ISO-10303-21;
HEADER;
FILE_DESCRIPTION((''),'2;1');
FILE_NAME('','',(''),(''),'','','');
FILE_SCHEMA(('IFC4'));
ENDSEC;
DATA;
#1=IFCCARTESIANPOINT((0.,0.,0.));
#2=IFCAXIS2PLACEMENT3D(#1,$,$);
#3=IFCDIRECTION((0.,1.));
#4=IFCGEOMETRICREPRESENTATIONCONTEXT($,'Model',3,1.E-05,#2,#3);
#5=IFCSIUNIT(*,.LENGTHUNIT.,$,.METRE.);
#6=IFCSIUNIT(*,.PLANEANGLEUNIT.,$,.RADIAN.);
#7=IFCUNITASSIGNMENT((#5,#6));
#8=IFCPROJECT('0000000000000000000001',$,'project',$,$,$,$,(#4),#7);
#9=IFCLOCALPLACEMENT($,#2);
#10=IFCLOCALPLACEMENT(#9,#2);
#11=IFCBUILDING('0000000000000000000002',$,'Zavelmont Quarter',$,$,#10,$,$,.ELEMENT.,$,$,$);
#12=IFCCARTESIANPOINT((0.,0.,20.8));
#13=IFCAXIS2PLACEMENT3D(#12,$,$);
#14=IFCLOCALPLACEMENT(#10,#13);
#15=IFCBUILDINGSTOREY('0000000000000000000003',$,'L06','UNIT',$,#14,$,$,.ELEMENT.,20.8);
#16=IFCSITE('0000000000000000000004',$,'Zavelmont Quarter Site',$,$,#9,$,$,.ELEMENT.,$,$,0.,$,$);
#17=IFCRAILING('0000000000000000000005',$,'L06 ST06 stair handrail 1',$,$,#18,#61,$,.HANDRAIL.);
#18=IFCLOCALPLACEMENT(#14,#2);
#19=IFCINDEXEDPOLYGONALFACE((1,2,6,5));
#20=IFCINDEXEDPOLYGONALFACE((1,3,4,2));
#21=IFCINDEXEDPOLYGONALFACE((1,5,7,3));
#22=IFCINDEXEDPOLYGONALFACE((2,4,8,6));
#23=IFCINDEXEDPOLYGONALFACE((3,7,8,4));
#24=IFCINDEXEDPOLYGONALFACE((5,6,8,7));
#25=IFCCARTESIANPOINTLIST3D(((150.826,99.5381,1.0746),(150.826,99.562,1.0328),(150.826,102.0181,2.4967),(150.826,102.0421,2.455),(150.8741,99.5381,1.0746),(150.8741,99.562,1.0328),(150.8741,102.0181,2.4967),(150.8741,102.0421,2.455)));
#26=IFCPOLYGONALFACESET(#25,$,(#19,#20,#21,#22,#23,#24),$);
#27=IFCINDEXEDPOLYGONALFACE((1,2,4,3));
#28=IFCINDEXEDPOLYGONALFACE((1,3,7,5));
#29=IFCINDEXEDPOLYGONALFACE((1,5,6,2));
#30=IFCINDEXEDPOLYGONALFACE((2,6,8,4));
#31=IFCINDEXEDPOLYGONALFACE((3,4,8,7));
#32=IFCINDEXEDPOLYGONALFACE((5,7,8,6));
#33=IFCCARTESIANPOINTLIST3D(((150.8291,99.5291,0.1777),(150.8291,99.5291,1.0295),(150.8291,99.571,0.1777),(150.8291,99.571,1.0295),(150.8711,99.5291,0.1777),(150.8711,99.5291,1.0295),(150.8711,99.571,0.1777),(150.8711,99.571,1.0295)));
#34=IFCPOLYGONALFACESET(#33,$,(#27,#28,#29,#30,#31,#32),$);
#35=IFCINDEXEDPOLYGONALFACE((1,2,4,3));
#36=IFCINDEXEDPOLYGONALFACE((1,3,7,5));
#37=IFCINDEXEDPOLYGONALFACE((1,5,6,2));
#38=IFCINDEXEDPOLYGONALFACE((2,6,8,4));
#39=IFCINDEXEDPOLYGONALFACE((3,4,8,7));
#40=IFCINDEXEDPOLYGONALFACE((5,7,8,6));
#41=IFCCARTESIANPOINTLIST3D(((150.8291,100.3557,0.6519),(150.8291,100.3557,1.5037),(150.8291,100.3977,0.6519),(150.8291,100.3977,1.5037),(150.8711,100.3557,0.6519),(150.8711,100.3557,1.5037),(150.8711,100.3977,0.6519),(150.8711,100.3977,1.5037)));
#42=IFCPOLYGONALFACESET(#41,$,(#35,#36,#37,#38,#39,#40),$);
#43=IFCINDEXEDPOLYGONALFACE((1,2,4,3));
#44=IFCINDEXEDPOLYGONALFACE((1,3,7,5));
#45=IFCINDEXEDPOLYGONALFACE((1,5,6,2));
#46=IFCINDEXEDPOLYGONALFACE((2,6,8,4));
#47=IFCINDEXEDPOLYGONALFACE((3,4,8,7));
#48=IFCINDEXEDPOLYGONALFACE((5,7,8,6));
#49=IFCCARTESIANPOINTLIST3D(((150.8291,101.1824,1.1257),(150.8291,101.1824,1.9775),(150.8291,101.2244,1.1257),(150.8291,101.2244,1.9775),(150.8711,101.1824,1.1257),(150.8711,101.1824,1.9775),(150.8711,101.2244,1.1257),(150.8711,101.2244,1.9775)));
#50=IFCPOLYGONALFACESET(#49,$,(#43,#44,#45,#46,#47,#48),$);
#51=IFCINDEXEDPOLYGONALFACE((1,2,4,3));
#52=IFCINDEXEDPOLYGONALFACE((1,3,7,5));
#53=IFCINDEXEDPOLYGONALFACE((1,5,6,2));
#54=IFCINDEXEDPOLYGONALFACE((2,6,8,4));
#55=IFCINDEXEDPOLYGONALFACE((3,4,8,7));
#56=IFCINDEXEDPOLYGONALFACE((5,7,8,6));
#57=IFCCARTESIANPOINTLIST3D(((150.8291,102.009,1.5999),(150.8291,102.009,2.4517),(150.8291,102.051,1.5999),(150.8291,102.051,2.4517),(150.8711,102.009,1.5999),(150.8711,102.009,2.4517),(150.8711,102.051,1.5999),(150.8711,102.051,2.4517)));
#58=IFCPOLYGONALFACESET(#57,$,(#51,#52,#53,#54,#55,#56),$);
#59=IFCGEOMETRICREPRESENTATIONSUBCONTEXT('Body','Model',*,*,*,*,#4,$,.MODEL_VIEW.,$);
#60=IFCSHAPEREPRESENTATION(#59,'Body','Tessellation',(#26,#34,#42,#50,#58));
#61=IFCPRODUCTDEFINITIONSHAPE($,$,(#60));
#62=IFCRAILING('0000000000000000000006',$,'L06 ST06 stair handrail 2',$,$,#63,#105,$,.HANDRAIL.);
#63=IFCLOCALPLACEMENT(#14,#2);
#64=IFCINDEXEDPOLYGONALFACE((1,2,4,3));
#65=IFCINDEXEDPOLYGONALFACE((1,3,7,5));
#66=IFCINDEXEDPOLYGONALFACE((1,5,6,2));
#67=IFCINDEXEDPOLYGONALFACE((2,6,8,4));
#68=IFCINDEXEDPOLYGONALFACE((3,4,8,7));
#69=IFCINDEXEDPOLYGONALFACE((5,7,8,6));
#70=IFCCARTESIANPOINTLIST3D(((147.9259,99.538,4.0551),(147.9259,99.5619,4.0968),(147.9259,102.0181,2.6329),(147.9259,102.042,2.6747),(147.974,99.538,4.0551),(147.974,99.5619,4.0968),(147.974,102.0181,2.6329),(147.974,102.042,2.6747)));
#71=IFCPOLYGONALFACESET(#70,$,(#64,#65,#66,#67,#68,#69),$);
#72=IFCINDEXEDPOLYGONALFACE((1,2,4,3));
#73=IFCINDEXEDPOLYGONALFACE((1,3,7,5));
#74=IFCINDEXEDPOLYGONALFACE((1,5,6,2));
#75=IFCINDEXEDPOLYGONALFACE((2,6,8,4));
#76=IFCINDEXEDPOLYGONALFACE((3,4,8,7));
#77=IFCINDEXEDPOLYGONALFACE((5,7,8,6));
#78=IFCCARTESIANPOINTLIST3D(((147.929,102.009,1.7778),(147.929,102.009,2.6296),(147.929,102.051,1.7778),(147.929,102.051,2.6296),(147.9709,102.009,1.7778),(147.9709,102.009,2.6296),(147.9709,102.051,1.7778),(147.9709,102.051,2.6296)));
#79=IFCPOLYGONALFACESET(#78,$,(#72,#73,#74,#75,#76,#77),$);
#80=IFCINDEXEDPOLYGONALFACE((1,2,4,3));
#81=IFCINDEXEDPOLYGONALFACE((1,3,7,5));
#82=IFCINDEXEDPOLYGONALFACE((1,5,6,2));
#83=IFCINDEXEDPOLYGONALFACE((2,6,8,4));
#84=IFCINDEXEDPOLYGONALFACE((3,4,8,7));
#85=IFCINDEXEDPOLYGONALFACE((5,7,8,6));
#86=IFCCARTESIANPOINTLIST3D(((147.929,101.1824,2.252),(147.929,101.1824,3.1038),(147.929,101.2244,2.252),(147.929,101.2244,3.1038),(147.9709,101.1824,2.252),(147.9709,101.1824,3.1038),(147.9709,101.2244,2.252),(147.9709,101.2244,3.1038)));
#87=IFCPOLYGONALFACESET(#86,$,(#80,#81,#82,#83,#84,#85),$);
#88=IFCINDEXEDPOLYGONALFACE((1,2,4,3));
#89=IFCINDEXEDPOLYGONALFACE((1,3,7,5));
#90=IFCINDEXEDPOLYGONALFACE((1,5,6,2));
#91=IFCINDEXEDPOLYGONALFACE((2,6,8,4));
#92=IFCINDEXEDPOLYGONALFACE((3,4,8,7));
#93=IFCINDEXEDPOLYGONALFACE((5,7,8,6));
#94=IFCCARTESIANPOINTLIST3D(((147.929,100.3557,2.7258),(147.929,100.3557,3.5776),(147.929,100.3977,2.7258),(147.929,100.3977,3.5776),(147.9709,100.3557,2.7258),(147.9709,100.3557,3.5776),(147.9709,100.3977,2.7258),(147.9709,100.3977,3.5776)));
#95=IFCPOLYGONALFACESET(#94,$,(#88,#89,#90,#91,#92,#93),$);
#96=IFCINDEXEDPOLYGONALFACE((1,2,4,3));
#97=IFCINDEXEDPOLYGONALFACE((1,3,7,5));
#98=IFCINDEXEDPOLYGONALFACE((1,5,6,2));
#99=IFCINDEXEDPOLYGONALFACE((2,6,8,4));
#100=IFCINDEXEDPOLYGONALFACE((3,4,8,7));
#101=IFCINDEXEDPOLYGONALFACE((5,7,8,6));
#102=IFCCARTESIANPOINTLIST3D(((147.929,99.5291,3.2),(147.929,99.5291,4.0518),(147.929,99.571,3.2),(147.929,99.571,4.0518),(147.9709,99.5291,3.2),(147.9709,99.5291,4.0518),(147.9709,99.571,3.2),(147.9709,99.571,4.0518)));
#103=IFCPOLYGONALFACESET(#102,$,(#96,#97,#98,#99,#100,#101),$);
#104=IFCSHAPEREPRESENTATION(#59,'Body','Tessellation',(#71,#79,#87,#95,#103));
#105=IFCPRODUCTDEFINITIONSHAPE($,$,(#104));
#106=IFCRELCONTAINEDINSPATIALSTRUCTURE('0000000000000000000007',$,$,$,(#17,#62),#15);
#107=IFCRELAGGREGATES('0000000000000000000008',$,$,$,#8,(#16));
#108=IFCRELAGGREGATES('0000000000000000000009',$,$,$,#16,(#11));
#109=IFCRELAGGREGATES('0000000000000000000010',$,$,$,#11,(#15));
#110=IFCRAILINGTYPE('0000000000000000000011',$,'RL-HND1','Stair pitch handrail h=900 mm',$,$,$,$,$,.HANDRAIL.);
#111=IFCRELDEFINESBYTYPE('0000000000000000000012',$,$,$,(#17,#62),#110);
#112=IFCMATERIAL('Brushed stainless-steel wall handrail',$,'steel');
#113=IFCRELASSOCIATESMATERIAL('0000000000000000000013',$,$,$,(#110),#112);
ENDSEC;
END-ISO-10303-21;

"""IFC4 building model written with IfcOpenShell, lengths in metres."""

from ifc_helpers import new_model, si_unit, direction, frame, origin, origin_2d, place, context, subcontext, project, spatial, rectangle, extrude, material, type_object, element, save


model = new_model("IFC4")

# Units and contexts
model_context = context("Model", 3, precision=1e-05, world=origin(), true_north=direction((0.0, 1.0)))
body_context = subcontext(model_context, "Body", "Model", "MODEL_VIEW")
ifc_project = project(units=[si_unit("LENGTHUNIT", "METRE"), si_unit("PLANEANGLEUNIT", "RADIAN")], contexts=[model_context])

# Site, building, storey
site_placement = place(None, origin())
site = spatial("IfcSite", under=ifc_project, at=site_placement, Name="Zavelmont Quarter Site", CompositionType="ELEMENT", RefElevation=0.0)
building_placement = place(site_placement, origin())
building = spatial("IfcBuilding", under=site, at=building_placement, Name="Zavelmont Quarter", CompositionType="ELEMENT")
storey_placement = place(building_placement, frame((0.0, 0.0, 20.8)))
storey = spatial("IfcBuildingStorey", under=building, at=storey_placement, Name="L06", Description="UNIT", CompositionType="ELEMENT", Elevation=20.8)

# Railings
ifc_material_1 = material(Name="Brushed stainless-steel wall handrail", Category="steel")
railing_type_1 = type_object("IfcRailingType", Name="RL-HND1", Description="Stair pitch handrail h=900 mm", PredefinedType="HANDRAIL", material=ifc_material_1)
railing_1_placement = place(storey_placement, frame((150.8501, 99.55, 0.1777)))
element("IfcRailing", 1, at=railing_1_placement, inside=storey, type_object=railing_type_1, Name="L06 ST06 stair handrail 1", PredefinedType="HANDRAIL", context=body_context, shape_type="SweptSolid", body=[
    extrude(rectangle(XDim=0.0481, YDim=0.0481, at=origin_2d()), frame((0.0, 0.0, 0.876), z_axis=(0.0, 0.867491, 0.497454), x_axis=(-1.0, 0.0, 0.0)), (0.0, 0.0, 1.0), 2.8589),
    extrude(rectangle(XDim=0.042, YDim=0.042, at=origin_2d()), origin(), (0.0, 0.0, 1.0), 0.8518),
    extrude(rectangle(XDim=0.042, YDim=0.042, at=origin_2d()), frame((0.0, 0.8267, 0.4741)), (0.0, 0.0, 1.0), 0.8518),
    extrude(rectangle(XDim=0.042, YDim=0.042, at=origin_2d()), frame((0.0, 1.6533, 0.948)), (0.0, 0.0, 1.0), 0.8518),
    extrude(rectangle(XDim=0.042, YDim=0.042, at=origin_2d()), frame((0.0, 2.48, 1.4221)), (0.0, 0.0, 1.0), 0.8518),
])
railing_2_placement = place(storey_placement, frame((147.95, 102.03, 1.7778)))
element("IfcRailing", 2, at=railing_2_placement, inside=storey, type_object=railing_type_1, Name="L06 ST06 stair handrail 2", PredefinedType="HANDRAIL", context=body_context, shape_type="SweptSolid", body=[
    extrude(rectangle(XDim=0.0481, YDim=0.0481, at=origin_2d()), frame((0.0, 0.0, 0.876), z_axis=(0.0, -0.867491, 0.497454), x_axis=(1.0, 0.0, 0.0)), (0.0, 0.0, 1.0), 2.8589),
    extrude(rectangle(XDim=0.042, YDim=0.042, at=origin_2d()), origin(), (0.0, 0.0, 1.0), 0.8518),
    extrude(rectangle(XDim=0.042, YDim=0.042, at=origin_2d()), frame((0.0, -0.8267, 0.4741)), (0.0, 0.0, 1.0), 0.8518),
    extrude(rectangle(XDim=0.042, YDim=0.042, at=origin_2d()), frame((0.0, -1.6533, 0.948)), (0.0, 0.0, 1.0), 0.8518),
    extrude(rectangle(XDim=0.042, YDim=0.042, at=origin_2d()), frame((0.0, -2.48, 1.4221)), (0.0, 0.0, 1.0), 0.8518),
])

save(model, "model.ifc")
